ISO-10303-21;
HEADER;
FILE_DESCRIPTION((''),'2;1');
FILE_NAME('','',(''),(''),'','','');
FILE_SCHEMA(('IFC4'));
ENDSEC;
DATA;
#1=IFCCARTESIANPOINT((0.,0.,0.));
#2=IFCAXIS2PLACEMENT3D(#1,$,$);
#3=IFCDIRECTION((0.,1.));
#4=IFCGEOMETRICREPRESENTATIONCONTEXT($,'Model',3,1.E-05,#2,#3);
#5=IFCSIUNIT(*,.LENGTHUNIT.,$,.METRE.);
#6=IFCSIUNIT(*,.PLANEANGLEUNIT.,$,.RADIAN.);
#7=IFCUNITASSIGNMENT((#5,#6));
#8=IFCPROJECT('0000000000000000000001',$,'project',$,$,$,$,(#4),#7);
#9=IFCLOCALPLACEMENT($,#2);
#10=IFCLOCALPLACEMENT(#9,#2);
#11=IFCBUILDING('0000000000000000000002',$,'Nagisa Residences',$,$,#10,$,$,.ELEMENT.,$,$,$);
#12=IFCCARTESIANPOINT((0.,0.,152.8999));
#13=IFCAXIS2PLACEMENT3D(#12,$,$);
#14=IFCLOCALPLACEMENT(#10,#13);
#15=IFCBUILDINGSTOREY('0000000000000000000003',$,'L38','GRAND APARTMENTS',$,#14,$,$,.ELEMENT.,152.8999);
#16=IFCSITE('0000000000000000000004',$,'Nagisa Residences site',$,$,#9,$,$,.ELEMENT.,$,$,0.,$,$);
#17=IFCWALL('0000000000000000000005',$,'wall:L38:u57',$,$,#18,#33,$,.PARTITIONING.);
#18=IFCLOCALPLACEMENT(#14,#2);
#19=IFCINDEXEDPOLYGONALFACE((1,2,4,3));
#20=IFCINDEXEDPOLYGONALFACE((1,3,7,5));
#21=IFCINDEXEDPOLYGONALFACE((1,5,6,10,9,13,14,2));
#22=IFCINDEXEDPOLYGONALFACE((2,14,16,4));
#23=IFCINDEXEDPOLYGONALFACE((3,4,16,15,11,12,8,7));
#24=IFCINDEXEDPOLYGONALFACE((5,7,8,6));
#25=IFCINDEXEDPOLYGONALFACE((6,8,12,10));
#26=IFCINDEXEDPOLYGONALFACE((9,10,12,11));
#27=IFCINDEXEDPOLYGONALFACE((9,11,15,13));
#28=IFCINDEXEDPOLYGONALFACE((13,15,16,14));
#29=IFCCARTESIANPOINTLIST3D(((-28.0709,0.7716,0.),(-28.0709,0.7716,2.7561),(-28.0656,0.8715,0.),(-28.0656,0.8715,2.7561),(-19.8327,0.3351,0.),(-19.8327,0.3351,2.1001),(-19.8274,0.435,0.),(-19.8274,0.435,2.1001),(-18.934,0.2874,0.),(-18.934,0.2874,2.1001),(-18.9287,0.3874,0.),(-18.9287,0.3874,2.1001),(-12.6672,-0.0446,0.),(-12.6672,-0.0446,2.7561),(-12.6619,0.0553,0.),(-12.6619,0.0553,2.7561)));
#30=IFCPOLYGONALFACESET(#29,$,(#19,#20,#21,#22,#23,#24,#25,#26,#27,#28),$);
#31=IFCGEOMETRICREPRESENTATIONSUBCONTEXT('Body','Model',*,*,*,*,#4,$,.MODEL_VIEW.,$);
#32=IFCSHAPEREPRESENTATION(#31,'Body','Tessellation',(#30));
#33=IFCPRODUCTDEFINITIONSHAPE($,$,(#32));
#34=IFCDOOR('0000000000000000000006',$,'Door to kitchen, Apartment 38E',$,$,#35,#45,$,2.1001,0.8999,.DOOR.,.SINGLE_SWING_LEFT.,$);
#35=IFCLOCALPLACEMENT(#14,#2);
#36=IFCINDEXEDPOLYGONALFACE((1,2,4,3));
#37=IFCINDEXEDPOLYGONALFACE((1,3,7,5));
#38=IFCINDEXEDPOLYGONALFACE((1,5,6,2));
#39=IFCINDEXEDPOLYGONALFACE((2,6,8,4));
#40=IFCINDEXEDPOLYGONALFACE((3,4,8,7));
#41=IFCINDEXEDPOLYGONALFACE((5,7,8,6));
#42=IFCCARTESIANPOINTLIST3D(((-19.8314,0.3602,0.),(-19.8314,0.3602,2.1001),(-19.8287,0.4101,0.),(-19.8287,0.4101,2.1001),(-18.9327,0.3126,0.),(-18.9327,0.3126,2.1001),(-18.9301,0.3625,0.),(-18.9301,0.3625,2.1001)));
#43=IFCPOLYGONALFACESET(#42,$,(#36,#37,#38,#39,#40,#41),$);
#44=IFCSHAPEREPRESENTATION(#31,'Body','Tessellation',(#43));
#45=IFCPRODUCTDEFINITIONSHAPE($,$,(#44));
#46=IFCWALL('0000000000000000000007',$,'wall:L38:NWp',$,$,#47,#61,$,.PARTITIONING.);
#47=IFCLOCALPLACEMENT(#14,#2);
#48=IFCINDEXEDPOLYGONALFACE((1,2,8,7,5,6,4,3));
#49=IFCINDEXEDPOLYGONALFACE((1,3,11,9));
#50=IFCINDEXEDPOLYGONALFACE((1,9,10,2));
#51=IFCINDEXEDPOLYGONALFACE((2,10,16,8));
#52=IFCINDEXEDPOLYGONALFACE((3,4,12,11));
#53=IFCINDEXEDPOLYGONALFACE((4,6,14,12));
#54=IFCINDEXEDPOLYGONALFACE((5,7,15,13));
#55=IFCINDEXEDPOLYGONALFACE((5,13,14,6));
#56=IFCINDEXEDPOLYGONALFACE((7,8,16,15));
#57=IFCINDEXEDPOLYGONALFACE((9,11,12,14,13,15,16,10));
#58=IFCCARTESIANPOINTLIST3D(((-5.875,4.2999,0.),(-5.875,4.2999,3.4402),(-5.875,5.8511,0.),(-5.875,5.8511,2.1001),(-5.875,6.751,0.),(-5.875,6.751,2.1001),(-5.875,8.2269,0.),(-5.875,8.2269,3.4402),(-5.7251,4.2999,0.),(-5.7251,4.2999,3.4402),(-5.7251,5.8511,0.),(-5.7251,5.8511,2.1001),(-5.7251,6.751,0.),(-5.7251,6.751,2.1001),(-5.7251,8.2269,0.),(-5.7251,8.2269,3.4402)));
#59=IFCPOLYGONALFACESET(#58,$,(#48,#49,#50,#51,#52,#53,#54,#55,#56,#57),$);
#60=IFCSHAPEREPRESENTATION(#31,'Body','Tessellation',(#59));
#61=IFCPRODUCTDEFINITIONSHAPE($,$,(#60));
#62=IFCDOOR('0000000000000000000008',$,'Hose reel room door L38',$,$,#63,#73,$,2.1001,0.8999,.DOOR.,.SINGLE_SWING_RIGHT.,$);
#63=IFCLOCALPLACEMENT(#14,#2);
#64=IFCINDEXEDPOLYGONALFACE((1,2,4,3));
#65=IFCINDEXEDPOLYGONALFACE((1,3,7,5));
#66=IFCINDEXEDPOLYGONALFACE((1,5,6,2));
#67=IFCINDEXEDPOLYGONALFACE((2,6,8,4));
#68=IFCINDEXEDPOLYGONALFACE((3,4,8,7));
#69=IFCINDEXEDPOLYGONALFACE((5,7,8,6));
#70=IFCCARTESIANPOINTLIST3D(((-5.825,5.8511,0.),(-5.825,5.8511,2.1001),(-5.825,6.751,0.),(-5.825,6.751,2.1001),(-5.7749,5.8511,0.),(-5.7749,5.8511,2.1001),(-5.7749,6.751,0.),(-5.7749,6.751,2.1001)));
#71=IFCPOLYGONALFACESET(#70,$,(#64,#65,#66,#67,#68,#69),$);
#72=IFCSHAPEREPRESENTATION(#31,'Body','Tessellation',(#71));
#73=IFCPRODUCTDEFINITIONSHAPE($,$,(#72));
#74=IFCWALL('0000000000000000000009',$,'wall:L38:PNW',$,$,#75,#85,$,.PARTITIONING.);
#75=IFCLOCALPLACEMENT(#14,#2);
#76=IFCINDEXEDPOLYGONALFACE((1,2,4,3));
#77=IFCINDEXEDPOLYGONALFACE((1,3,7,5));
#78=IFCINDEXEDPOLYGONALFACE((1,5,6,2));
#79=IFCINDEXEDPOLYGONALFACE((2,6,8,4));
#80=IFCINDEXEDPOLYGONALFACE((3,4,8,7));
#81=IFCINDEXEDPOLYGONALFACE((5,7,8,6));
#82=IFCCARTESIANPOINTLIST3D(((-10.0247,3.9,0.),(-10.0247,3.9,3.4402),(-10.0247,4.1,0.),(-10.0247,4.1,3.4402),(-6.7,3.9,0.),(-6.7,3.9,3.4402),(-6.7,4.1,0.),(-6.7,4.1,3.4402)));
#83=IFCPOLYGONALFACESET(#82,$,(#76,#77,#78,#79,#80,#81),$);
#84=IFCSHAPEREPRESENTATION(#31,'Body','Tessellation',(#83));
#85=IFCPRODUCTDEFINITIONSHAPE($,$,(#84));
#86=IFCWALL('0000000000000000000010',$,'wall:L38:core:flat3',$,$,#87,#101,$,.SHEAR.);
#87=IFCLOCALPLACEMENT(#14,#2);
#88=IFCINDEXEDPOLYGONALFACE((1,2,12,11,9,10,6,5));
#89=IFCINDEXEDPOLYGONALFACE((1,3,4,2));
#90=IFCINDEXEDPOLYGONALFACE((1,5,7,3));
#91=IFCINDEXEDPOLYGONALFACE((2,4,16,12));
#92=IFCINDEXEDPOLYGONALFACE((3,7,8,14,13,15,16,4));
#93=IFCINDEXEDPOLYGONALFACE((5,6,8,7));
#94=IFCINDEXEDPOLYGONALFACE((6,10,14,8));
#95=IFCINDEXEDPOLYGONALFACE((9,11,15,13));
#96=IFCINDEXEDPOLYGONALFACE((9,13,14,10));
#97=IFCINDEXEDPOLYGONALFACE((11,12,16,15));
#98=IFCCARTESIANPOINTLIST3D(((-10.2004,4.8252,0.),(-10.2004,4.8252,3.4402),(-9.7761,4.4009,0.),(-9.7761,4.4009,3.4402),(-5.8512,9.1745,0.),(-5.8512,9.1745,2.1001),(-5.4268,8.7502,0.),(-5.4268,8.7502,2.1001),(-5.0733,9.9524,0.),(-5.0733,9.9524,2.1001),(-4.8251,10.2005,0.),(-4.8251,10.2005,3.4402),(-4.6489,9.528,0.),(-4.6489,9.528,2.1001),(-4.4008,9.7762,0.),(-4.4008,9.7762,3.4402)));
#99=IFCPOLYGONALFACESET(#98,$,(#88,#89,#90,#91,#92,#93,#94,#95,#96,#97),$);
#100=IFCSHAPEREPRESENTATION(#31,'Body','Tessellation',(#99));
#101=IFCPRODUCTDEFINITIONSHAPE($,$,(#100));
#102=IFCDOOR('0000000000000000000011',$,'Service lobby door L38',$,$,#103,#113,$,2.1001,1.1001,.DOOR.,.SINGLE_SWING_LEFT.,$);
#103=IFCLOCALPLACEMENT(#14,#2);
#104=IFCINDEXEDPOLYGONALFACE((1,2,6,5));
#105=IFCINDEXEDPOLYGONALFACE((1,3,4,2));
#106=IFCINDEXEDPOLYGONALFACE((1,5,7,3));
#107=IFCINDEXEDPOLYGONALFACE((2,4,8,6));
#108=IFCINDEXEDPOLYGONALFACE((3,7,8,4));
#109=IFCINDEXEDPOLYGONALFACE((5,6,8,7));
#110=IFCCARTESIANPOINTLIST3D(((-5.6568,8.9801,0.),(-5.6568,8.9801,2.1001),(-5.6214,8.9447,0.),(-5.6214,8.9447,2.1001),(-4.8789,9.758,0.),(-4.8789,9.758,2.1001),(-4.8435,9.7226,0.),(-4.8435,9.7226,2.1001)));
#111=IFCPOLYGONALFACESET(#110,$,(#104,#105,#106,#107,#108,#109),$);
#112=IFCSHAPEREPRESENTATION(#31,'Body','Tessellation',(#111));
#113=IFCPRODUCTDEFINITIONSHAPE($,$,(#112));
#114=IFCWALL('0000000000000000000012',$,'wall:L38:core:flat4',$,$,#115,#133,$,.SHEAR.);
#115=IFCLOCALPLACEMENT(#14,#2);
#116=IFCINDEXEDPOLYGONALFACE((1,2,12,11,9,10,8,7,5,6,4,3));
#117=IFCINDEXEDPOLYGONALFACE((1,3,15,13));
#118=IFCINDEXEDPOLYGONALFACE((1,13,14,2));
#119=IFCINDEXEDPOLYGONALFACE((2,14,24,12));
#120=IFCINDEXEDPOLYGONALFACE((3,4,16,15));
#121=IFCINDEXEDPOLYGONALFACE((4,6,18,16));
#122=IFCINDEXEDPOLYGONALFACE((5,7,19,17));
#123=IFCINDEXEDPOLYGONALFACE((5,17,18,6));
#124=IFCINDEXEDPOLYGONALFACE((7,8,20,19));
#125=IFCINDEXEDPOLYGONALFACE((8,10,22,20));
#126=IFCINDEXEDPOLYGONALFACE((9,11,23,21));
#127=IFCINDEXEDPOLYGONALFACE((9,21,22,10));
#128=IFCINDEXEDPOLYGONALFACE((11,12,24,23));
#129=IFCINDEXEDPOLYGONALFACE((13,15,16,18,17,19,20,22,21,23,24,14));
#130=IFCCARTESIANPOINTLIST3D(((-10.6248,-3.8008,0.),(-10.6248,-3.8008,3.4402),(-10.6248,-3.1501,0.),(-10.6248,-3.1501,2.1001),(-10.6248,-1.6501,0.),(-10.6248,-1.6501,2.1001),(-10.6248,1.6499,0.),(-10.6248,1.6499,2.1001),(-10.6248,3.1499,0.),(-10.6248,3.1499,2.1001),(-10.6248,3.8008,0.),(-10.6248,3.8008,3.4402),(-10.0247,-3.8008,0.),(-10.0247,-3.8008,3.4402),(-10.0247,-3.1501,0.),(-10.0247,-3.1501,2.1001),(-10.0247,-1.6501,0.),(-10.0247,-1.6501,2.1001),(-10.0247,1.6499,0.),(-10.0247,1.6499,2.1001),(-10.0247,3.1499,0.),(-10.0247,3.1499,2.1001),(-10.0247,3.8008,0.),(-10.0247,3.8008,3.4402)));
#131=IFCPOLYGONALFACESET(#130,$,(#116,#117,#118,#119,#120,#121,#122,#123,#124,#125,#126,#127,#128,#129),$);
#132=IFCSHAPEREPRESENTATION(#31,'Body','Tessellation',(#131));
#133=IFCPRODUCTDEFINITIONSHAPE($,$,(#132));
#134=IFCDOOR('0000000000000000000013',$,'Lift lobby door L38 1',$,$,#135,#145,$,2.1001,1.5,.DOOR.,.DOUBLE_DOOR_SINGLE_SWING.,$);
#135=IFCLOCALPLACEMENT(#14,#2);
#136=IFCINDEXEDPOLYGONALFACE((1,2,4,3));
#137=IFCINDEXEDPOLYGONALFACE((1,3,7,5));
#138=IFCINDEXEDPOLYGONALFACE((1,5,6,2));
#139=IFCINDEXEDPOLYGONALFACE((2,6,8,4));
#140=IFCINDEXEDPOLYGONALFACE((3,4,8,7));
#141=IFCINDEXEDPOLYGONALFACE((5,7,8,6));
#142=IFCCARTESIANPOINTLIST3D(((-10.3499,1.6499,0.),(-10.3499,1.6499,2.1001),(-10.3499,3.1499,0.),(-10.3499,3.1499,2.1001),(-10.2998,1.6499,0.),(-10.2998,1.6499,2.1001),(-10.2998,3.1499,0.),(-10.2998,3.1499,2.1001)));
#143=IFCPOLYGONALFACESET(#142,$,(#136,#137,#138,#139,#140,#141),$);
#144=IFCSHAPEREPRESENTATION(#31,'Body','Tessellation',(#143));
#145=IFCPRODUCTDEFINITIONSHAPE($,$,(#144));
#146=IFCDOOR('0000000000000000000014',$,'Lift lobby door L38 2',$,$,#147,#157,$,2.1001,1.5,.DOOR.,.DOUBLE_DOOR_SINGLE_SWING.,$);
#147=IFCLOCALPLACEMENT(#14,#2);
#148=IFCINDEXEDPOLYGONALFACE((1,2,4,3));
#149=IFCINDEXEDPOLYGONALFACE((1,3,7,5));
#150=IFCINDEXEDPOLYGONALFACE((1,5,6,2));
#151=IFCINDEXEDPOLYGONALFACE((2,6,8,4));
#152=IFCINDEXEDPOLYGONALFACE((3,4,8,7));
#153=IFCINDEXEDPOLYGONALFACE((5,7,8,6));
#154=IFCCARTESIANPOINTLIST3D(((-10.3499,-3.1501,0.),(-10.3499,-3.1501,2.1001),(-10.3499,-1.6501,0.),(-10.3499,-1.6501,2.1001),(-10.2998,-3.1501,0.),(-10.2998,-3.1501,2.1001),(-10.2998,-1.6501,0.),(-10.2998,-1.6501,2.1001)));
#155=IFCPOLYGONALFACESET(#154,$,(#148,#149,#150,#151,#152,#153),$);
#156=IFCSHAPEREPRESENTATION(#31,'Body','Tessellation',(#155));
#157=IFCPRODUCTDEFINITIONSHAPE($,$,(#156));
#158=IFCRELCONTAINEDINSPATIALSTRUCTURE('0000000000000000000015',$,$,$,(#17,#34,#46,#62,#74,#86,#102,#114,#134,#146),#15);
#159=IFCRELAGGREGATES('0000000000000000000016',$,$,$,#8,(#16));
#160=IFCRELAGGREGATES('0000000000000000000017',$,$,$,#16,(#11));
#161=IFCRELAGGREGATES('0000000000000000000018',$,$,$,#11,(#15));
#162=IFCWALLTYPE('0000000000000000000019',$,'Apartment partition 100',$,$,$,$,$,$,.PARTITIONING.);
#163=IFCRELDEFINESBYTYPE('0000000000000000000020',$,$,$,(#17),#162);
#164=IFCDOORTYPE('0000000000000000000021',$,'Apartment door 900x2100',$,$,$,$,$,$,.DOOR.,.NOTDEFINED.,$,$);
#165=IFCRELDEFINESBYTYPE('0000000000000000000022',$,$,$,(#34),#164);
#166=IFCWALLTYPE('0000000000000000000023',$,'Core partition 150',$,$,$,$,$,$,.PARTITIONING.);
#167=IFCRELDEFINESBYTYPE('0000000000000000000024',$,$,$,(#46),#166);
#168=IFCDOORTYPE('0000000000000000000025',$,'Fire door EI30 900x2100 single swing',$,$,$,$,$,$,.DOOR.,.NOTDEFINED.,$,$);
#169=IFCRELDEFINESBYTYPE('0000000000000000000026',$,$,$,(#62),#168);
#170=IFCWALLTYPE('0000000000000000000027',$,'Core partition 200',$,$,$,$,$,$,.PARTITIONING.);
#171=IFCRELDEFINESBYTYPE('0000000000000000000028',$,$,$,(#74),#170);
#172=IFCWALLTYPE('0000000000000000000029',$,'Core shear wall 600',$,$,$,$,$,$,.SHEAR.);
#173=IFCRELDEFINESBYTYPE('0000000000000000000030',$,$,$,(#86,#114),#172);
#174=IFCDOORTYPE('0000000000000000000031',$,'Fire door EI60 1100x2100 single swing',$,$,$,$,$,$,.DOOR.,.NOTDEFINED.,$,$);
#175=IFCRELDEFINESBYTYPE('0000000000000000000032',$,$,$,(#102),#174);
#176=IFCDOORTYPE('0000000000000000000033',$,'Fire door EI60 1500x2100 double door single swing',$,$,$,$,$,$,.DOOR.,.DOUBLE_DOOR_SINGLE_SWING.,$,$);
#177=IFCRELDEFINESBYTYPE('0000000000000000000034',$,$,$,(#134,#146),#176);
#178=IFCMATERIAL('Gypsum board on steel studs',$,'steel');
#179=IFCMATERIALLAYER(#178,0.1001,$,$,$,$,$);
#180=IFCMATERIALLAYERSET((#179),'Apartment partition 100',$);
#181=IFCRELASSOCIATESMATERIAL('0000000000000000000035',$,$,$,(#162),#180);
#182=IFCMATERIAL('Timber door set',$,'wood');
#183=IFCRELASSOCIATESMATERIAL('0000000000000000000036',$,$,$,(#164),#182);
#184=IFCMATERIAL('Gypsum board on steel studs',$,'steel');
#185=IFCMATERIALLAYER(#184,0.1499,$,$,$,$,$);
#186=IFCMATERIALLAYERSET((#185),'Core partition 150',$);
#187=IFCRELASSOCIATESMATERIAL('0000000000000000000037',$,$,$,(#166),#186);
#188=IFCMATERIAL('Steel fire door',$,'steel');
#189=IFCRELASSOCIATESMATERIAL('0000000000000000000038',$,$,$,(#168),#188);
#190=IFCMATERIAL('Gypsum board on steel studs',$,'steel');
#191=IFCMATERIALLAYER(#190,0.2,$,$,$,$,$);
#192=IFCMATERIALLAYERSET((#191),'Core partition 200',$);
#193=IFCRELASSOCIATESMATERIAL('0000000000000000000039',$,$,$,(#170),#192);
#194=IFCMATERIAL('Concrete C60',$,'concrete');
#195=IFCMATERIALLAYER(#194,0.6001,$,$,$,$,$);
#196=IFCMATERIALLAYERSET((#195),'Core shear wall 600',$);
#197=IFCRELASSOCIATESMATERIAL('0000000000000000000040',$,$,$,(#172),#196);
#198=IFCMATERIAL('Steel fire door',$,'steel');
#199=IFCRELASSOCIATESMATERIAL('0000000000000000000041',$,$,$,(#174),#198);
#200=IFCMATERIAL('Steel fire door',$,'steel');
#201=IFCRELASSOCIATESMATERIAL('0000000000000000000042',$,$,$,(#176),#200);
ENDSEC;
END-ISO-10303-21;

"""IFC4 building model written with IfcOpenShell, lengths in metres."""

from ifc_helpers import new_model, si_unit, direction, frame, frame_2d, origin, place, context, subcontext, project, spatial, rectangle, extrude, material, layer, layer_set, type_object, element, fill, save


model = new_model("IFC4")

# Units and contexts
model_context = context("Model", 3, precision=1e-05, world=origin(), true_north=direction((0.0, 1.0)))
body_context = subcontext(model_context, "Body", "Model", "MODEL_VIEW")
ifc_project = project(units=[si_unit("LENGTHUNIT", "METRE"), si_unit("PLANEANGLEUNIT", "RADIAN")], contexts=[model_context])

# Site, building, storey
site_placement = place(None, origin())
site = spatial("IfcSite", under=ifc_project, at=site_placement, Name="Nagisa Residences site", CompositionType="ELEMENT", RefElevation=0.0)
building_placement = place(site_placement, origin())
building = spatial("IfcBuilding", under=site, at=building_placement, Name="Nagisa Residences", CompositionType="ELEMENT")
storey_placement = place(building_placement, frame((0.0, 0.0, 152.8999)))
storey = spatial("IfcBuildingStorey", under=building, at=storey_placement, Name="L38", Description="GRAND APARTMENTS", CompositionType="ELEMENT", Elevation=152.8999)

# Shared definitions
ifc_material_1 = material(Name="Gypsum board on steel studs", Category="steel")
ifc_layer_1 = layer(ifc_material_1, 0.1001)
ifc_layer_set_1 = layer_set([ifc_layer_1], Name="Apartment partition 100")
wall_type_1 = type_object("IfcWallType", Name="Apartment partition 100", PredefinedType="PARTITIONING", material=ifc_layer_set_1)
ifc_material_2 = material(Name="Timber door set", Category="wood")
door_type_1 = type_object("IfcDoorType", Name="Apartment door 900x2100", OperationType="NOTDEFINED", PredefinedType="DOOR", material=ifc_material_2)

# Walls, openings, doors
wall_1_placement = place(storey_placement, frame((-12.6646, 0.0054, 0.0), z_axis=(0.0, 0.0, 1.0), x_axis=(-0.998599, 0.052911, 0.0)))
wall_1 = element("IfcWall", 1, at=wall_1_placement, inside=storey, type_object=wall_type_1, Name="wall:L38:u57", PredefinedType="PARTITIONING", context=body_context, shape_type="SweptSolid", body=[
    extrude(rectangle(XDim=15.4253, YDim=0.1001, at=frame_2d((7.7126, 0.0))), origin(), (0.0, 0.0, 1.0), 2.7561),
])
opening_1_placement = place(wall_1_placement, frame((6.2756, 0.0, 0.0)))
opening_1 = element("IfcOpeningElement", 2, at=opening_1_placement, cuts=wall_1, PredefinedType="OPENING", context=body_context, shape_type="SweptSolid", body=[
    extrude(rectangle(XDim=0.8999, YDim=2.1001, at=frame_2d((0.45, 1.05))), frame((0.0, 0.0601, 0.0), z_axis=(0.0, -1.0, 0.0), x_axis=(1.0, 0.0, 0.0)), (0.0, 0.0, 1.0), 0.1201),
])
door_1_placement = place(opening_1_placement, origin())
door_1 = element("IfcDoor", 3, at=door_1_placement, inside=storey, type_object=door_type_1, Name="Door to kitchen, Apartment 38E", OperationType="SINGLE_SWING_LEFT", OverallHeight=2.1001, OverallWidth=0.8999, PredefinedType="DOOR", context=body_context, shape_type="SweptSolid", body=[
    extrude(rectangle(XDim=0.8999, YDim=2.1001, at=frame_2d((0.45, 1.05))), frame((0.0, 0.0249, 0.0), z_axis=(0.0, -1.0, 0.0), x_axis=(1.0, 0.0, 0.0)), (0.0, 0.0, 1.0), 0.05),
])
fill(opening_1, door_1)
ifc_material_3 = material(Name="Gypsum board on steel studs", Category="steel")
ifc_layer_2 = layer(ifc_material_3, 0.1499)
ifc_layer_set_2 = layer_set([ifc_layer_2], Name="Core partition 150")
wall_type_2 = type_object("IfcWallType", Name="Core partition 150", PredefinedType="PARTITIONING", material=ifc_layer_set_2)
wall_2_placement = place(storey_placement, frame((-5.8, 4.3, 0.0), z_axis=(0.0, 0.0, 1.0), x_axis=(0.0, 1.0, 0.0)))
wall_2 = element("IfcWall", 4, at=wall_2_placement, inside=storey, type_object=wall_type_2, Name="wall:L38:NWp", PredefinedType="PARTITIONING", context=body_context, shape_type="SweptSolid", body=[
    extrude(rectangle(XDim=3.927, YDim=0.1499, at=frame_2d((1.9634, 0.0))), origin(), (0.0, 0.0, 1.0), 3.4402),
])
opening_2_placement = place(wall_2_placement, frame((1.551, 0.0, 0.0)))
opening_2 = element("IfcOpeningElement", 5, at=opening_2_placement, cuts=wall_2, PredefinedType="OPENING", context=body_context, shape_type="SweptSolid", body=[
    extrude(rectangle(XDim=0.8999, YDim=2.1001, at=frame_2d((0.45, 1.05))), frame((0.0, 0.085, 0.0), z_axis=(0.0, -1.0, 0.0), x_axis=(1.0, 0.0, 0.0)), (0.0, 0.0, 1.0), 0.1699),
])
ifc_material_4 = material(Name="Steel fire door", Category="steel")
door_type_2 = type_object("IfcDoorType", Name="Fire door EI30 900x2100 single swing", OperationType="NOTDEFINED", PredefinedType="DOOR", material=ifc_material_4)
door_2_placement = place(opening_2_placement, origin())
door_2 = element("IfcDoor", 6, at=door_2_placement, inside=storey, type_object=door_type_2, Name="Hose reel room door L38", OperationType="SINGLE_SWING_RIGHT", OverallHeight=2.1001, OverallWidth=0.8999, PredefinedType="DOOR", context=body_context, shape_type="SweptSolid", body=[
    extrude(rectangle(XDim=0.8999, YDim=2.1001, at=frame_2d((0.45, 1.05))), frame((0.0, 0.0249, 0.0), z_axis=(0.0, -1.0, 0.0), x_axis=(1.0, 0.0, 0.0)), (0.0, 0.0, 1.0), 0.05),
])
fill(opening_2, door_2)

# Wall
ifc_material_5 = material(Name="Gypsum board on steel studs", Category="steel")
ifc_layer_3 = layer(ifc_material_5, 0.2)
ifc_layer_set_3 = layer_set([ifc_layer_3], Name="Core partition 200")
wall_type_3 = type_object("IfcWallType", Name="Core partition 200", PredefinedType="PARTITIONING", material=ifc_layer_set_3)
wall_3_placement = place(storey_placement, frame((-10.0247, 4.0, 0.0), z_axis=(0.0, 0.0, 1.0), x_axis=(1.0, 0.0, 0.0)))
element("IfcWall", 7, at=wall_3_placement, inside=storey, type_object=wall_type_3, Name="wall:L38:PNW", PredefinedType="PARTITIONING", context=body_context, shape_type="SweptSolid", body=[
    extrude(rectangle(XDim=3.3247, YDim=0.2, at=frame_2d((1.6624, 0.0))), origin(), (0.0, 0.0, 1.0), 3.4402),
])

# Wall, opening, door
ifc_material_6 = material(Name="Concrete C60", Category="concrete")
ifc_layer_4 = layer(ifc_material_6, 0.6001)
ifc_layer_set_4 = layer_set([ifc_layer_4], Name="Core shear wall 600")
wall_type_4 = type_object("IfcWallType", Name="Core shear wall 600", PredefinedType="SHEAR", material=ifc_layer_set_4)
wall_4_placement = place(storey_placement, frame((-4.613, 9.9883, 0.0), z_axis=(0.0, 0.0, 1.0), x_axis=(-0.707107, -0.707107, 0.0)))
wall_4 = element("IfcWall", 8, at=wall_4_placement, inside=storey, type_object=wall_type_4, Name="wall:L38:core:flat3", PredefinedType="SHEAR", context=body_context, shape_type="SweptSolid", body=[
    extrude(rectangle(XDim=7.6018, YDim=0.6001, at=frame_2d((3.8008, 0.0))), origin(), (0.0, 0.0, 1.0), 3.4402),
])
opening_3_placement = place(wall_4_placement, frame((0.3508, 0.0, 0.0)))
opening_3 = element("IfcOpeningElement", 9, at=opening_3_placement, cuts=wall_4, PredefinedType="OPENING", context=body_context, shape_type="SweptSolid", body=[
    extrude(rectangle(XDim=1.1001, YDim=2.1001, at=frame_2d((0.55, 1.05))), frame((0.0, 0.3101, 0.0), z_axis=(0.0, -1.0, 0.0), x_axis=(1.0, 0.0, 0.0)), (0.0, 0.0, 1.0), 0.6201),
])
ifc_material_7 = material(Name="Steel fire door", Category="steel")
door_type_3 = type_object("IfcDoorType", Name="Fire door EI60 1100x2100 single swing", OperationType="NOTDEFINED", PredefinedType="DOOR", material=ifc_material_7)
door_3_placement = place(opening_3_placement, origin())
door_3 = element("IfcDoor", 10, at=door_3_placement, inside=storey, type_object=door_type_3, Name="Service lobby door L38", OperationType="SINGLE_SWING_LEFT", OverallHeight=2.1001, OverallWidth=1.1001, PredefinedType="DOOR", context=body_context, shape_type="SweptSolid", body=[
    extrude(rectangle(XDim=1.1001, YDim=2.1001, at=frame_2d((0.55, 1.05))), frame((0.0, 0.0249, 0.0), z_axis=(0.0, -1.0, 0.0), x_axis=(1.0, 0.0, 0.0)), (0.0, 0.0, 1.0), 0.05),
])
fill(opening_3, door_3)

# Wall, openings, doors
wall_5_placement = place(storey_placement, frame((-10.3247, 3.8008, 0.0), z_axis=(0.0, 0.0, 1.0), x_axis=(0.0, -1.0, 0.0)))
wall_5 = element("IfcWall", 11, at=wall_5_placement, inside=storey, type_object=wall_type_4, Name="wall:L38:core:flat4", PredefinedType="SHEAR", context=body_context, shape_type="SweptSolid", body=[
    extrude(rectangle(XDim=7.6016, YDim=0.6001, at=frame_2d((3.8008, 0.0))), origin(), (0.0, 0.0, 1.0), 3.4402),
])
opening_4_placement = place(wall_5_placement, frame((0.6509, 0.0, 0.0)))
opening_4 = element("IfcOpeningElement", 12, at=opening_4_placement, cuts=wall_5, PredefinedType="OPENING", context=body_context, shape_type="SweptSolid", body=[
    extrude(rectangle(XDim=1.5, YDim=2.1001, at=frame_2d((0.75, 1.05))), frame((0.0, 0.3101, 0.0), z_axis=(0.0, -1.0, 0.0), x_axis=(1.0, 0.0, 0.0)), (0.0, 0.0, 1.0), 0.6201),
])
opening_5_placement = place(wall_5_placement, frame((5.4509, 0.0, 0.0)))
opening_5 = element("IfcOpeningElement", 13, at=opening_5_placement, cuts=wall_5, PredefinedType="OPENING", context=body_context, shape_type="SweptSolid", body=[
    extrude(rectangle(XDim=1.5, YDim=2.1001, at=frame_2d((0.75, 1.05))), frame((0.0, 0.3101, 0.0), z_axis=(0.0, -1.0, 0.0), x_axis=(1.0, 0.0, 0.0)), (0.0, 0.0, 1.0), 0.6201),
])
ifc_material_8 = material(Name="Steel fire door", Category="steel")
door_type_4 = type_object("IfcDoorType", Name="Fire door EI60 1500x2100 double door single swing", OperationType="DOUBLE_DOOR_SINGLE_SWING", PredefinedType="DOOR", material=ifc_material_8)
door_4_placement = place(opening_4_placement, origin())
door_4 = element("IfcDoor", 14, at=door_4_placement, inside=storey, type_object=door_type_4, Name="Lift lobby door L38 1", OperationType="DOUBLE_DOOR_SINGLE_SWING", OverallHeight=2.1001, OverallWidth=1.5, PredefinedType="DOOR", context=body_context, shape_type="SweptSolid", body=[
    extrude(rectangle(XDim=1.5, YDim=2.1001, at=frame_2d((0.75, 1.05))), frame((0.0, 0.0249, 0.0), z_axis=(0.0, -1.0, 0.0), x_axis=(1.0, 0.0, 0.0)), (0.0, 0.0, 1.0), 0.05),
])
fill(opening_4, door_4)
door_5_placement = place(opening_5_placement, origin())
door_5 = element("IfcDoor", 15, at=door_5_placement, inside=storey, type_object=door_type_4, Name="Lift lobby door L38 2", OperationType="DOUBLE_DOOR_SINGLE_SWING", OverallHeight=2.1001, OverallWidth=1.5, PredefinedType="DOOR", context=body_context, shape_type="SweptSolid", body=[
    extrude(rectangle(XDim=1.5, YDim=2.1001, at=frame_2d((0.75, 1.05))), frame((0.0, 0.0249, 0.0), z_axis=(0.0, -1.0, 0.0), x_axis=(1.0, 0.0, 0.0)), (0.0, 0.0, 1.0), 0.05),
])
fill(opening_5, door_5)

save(model, "model.ifc")
